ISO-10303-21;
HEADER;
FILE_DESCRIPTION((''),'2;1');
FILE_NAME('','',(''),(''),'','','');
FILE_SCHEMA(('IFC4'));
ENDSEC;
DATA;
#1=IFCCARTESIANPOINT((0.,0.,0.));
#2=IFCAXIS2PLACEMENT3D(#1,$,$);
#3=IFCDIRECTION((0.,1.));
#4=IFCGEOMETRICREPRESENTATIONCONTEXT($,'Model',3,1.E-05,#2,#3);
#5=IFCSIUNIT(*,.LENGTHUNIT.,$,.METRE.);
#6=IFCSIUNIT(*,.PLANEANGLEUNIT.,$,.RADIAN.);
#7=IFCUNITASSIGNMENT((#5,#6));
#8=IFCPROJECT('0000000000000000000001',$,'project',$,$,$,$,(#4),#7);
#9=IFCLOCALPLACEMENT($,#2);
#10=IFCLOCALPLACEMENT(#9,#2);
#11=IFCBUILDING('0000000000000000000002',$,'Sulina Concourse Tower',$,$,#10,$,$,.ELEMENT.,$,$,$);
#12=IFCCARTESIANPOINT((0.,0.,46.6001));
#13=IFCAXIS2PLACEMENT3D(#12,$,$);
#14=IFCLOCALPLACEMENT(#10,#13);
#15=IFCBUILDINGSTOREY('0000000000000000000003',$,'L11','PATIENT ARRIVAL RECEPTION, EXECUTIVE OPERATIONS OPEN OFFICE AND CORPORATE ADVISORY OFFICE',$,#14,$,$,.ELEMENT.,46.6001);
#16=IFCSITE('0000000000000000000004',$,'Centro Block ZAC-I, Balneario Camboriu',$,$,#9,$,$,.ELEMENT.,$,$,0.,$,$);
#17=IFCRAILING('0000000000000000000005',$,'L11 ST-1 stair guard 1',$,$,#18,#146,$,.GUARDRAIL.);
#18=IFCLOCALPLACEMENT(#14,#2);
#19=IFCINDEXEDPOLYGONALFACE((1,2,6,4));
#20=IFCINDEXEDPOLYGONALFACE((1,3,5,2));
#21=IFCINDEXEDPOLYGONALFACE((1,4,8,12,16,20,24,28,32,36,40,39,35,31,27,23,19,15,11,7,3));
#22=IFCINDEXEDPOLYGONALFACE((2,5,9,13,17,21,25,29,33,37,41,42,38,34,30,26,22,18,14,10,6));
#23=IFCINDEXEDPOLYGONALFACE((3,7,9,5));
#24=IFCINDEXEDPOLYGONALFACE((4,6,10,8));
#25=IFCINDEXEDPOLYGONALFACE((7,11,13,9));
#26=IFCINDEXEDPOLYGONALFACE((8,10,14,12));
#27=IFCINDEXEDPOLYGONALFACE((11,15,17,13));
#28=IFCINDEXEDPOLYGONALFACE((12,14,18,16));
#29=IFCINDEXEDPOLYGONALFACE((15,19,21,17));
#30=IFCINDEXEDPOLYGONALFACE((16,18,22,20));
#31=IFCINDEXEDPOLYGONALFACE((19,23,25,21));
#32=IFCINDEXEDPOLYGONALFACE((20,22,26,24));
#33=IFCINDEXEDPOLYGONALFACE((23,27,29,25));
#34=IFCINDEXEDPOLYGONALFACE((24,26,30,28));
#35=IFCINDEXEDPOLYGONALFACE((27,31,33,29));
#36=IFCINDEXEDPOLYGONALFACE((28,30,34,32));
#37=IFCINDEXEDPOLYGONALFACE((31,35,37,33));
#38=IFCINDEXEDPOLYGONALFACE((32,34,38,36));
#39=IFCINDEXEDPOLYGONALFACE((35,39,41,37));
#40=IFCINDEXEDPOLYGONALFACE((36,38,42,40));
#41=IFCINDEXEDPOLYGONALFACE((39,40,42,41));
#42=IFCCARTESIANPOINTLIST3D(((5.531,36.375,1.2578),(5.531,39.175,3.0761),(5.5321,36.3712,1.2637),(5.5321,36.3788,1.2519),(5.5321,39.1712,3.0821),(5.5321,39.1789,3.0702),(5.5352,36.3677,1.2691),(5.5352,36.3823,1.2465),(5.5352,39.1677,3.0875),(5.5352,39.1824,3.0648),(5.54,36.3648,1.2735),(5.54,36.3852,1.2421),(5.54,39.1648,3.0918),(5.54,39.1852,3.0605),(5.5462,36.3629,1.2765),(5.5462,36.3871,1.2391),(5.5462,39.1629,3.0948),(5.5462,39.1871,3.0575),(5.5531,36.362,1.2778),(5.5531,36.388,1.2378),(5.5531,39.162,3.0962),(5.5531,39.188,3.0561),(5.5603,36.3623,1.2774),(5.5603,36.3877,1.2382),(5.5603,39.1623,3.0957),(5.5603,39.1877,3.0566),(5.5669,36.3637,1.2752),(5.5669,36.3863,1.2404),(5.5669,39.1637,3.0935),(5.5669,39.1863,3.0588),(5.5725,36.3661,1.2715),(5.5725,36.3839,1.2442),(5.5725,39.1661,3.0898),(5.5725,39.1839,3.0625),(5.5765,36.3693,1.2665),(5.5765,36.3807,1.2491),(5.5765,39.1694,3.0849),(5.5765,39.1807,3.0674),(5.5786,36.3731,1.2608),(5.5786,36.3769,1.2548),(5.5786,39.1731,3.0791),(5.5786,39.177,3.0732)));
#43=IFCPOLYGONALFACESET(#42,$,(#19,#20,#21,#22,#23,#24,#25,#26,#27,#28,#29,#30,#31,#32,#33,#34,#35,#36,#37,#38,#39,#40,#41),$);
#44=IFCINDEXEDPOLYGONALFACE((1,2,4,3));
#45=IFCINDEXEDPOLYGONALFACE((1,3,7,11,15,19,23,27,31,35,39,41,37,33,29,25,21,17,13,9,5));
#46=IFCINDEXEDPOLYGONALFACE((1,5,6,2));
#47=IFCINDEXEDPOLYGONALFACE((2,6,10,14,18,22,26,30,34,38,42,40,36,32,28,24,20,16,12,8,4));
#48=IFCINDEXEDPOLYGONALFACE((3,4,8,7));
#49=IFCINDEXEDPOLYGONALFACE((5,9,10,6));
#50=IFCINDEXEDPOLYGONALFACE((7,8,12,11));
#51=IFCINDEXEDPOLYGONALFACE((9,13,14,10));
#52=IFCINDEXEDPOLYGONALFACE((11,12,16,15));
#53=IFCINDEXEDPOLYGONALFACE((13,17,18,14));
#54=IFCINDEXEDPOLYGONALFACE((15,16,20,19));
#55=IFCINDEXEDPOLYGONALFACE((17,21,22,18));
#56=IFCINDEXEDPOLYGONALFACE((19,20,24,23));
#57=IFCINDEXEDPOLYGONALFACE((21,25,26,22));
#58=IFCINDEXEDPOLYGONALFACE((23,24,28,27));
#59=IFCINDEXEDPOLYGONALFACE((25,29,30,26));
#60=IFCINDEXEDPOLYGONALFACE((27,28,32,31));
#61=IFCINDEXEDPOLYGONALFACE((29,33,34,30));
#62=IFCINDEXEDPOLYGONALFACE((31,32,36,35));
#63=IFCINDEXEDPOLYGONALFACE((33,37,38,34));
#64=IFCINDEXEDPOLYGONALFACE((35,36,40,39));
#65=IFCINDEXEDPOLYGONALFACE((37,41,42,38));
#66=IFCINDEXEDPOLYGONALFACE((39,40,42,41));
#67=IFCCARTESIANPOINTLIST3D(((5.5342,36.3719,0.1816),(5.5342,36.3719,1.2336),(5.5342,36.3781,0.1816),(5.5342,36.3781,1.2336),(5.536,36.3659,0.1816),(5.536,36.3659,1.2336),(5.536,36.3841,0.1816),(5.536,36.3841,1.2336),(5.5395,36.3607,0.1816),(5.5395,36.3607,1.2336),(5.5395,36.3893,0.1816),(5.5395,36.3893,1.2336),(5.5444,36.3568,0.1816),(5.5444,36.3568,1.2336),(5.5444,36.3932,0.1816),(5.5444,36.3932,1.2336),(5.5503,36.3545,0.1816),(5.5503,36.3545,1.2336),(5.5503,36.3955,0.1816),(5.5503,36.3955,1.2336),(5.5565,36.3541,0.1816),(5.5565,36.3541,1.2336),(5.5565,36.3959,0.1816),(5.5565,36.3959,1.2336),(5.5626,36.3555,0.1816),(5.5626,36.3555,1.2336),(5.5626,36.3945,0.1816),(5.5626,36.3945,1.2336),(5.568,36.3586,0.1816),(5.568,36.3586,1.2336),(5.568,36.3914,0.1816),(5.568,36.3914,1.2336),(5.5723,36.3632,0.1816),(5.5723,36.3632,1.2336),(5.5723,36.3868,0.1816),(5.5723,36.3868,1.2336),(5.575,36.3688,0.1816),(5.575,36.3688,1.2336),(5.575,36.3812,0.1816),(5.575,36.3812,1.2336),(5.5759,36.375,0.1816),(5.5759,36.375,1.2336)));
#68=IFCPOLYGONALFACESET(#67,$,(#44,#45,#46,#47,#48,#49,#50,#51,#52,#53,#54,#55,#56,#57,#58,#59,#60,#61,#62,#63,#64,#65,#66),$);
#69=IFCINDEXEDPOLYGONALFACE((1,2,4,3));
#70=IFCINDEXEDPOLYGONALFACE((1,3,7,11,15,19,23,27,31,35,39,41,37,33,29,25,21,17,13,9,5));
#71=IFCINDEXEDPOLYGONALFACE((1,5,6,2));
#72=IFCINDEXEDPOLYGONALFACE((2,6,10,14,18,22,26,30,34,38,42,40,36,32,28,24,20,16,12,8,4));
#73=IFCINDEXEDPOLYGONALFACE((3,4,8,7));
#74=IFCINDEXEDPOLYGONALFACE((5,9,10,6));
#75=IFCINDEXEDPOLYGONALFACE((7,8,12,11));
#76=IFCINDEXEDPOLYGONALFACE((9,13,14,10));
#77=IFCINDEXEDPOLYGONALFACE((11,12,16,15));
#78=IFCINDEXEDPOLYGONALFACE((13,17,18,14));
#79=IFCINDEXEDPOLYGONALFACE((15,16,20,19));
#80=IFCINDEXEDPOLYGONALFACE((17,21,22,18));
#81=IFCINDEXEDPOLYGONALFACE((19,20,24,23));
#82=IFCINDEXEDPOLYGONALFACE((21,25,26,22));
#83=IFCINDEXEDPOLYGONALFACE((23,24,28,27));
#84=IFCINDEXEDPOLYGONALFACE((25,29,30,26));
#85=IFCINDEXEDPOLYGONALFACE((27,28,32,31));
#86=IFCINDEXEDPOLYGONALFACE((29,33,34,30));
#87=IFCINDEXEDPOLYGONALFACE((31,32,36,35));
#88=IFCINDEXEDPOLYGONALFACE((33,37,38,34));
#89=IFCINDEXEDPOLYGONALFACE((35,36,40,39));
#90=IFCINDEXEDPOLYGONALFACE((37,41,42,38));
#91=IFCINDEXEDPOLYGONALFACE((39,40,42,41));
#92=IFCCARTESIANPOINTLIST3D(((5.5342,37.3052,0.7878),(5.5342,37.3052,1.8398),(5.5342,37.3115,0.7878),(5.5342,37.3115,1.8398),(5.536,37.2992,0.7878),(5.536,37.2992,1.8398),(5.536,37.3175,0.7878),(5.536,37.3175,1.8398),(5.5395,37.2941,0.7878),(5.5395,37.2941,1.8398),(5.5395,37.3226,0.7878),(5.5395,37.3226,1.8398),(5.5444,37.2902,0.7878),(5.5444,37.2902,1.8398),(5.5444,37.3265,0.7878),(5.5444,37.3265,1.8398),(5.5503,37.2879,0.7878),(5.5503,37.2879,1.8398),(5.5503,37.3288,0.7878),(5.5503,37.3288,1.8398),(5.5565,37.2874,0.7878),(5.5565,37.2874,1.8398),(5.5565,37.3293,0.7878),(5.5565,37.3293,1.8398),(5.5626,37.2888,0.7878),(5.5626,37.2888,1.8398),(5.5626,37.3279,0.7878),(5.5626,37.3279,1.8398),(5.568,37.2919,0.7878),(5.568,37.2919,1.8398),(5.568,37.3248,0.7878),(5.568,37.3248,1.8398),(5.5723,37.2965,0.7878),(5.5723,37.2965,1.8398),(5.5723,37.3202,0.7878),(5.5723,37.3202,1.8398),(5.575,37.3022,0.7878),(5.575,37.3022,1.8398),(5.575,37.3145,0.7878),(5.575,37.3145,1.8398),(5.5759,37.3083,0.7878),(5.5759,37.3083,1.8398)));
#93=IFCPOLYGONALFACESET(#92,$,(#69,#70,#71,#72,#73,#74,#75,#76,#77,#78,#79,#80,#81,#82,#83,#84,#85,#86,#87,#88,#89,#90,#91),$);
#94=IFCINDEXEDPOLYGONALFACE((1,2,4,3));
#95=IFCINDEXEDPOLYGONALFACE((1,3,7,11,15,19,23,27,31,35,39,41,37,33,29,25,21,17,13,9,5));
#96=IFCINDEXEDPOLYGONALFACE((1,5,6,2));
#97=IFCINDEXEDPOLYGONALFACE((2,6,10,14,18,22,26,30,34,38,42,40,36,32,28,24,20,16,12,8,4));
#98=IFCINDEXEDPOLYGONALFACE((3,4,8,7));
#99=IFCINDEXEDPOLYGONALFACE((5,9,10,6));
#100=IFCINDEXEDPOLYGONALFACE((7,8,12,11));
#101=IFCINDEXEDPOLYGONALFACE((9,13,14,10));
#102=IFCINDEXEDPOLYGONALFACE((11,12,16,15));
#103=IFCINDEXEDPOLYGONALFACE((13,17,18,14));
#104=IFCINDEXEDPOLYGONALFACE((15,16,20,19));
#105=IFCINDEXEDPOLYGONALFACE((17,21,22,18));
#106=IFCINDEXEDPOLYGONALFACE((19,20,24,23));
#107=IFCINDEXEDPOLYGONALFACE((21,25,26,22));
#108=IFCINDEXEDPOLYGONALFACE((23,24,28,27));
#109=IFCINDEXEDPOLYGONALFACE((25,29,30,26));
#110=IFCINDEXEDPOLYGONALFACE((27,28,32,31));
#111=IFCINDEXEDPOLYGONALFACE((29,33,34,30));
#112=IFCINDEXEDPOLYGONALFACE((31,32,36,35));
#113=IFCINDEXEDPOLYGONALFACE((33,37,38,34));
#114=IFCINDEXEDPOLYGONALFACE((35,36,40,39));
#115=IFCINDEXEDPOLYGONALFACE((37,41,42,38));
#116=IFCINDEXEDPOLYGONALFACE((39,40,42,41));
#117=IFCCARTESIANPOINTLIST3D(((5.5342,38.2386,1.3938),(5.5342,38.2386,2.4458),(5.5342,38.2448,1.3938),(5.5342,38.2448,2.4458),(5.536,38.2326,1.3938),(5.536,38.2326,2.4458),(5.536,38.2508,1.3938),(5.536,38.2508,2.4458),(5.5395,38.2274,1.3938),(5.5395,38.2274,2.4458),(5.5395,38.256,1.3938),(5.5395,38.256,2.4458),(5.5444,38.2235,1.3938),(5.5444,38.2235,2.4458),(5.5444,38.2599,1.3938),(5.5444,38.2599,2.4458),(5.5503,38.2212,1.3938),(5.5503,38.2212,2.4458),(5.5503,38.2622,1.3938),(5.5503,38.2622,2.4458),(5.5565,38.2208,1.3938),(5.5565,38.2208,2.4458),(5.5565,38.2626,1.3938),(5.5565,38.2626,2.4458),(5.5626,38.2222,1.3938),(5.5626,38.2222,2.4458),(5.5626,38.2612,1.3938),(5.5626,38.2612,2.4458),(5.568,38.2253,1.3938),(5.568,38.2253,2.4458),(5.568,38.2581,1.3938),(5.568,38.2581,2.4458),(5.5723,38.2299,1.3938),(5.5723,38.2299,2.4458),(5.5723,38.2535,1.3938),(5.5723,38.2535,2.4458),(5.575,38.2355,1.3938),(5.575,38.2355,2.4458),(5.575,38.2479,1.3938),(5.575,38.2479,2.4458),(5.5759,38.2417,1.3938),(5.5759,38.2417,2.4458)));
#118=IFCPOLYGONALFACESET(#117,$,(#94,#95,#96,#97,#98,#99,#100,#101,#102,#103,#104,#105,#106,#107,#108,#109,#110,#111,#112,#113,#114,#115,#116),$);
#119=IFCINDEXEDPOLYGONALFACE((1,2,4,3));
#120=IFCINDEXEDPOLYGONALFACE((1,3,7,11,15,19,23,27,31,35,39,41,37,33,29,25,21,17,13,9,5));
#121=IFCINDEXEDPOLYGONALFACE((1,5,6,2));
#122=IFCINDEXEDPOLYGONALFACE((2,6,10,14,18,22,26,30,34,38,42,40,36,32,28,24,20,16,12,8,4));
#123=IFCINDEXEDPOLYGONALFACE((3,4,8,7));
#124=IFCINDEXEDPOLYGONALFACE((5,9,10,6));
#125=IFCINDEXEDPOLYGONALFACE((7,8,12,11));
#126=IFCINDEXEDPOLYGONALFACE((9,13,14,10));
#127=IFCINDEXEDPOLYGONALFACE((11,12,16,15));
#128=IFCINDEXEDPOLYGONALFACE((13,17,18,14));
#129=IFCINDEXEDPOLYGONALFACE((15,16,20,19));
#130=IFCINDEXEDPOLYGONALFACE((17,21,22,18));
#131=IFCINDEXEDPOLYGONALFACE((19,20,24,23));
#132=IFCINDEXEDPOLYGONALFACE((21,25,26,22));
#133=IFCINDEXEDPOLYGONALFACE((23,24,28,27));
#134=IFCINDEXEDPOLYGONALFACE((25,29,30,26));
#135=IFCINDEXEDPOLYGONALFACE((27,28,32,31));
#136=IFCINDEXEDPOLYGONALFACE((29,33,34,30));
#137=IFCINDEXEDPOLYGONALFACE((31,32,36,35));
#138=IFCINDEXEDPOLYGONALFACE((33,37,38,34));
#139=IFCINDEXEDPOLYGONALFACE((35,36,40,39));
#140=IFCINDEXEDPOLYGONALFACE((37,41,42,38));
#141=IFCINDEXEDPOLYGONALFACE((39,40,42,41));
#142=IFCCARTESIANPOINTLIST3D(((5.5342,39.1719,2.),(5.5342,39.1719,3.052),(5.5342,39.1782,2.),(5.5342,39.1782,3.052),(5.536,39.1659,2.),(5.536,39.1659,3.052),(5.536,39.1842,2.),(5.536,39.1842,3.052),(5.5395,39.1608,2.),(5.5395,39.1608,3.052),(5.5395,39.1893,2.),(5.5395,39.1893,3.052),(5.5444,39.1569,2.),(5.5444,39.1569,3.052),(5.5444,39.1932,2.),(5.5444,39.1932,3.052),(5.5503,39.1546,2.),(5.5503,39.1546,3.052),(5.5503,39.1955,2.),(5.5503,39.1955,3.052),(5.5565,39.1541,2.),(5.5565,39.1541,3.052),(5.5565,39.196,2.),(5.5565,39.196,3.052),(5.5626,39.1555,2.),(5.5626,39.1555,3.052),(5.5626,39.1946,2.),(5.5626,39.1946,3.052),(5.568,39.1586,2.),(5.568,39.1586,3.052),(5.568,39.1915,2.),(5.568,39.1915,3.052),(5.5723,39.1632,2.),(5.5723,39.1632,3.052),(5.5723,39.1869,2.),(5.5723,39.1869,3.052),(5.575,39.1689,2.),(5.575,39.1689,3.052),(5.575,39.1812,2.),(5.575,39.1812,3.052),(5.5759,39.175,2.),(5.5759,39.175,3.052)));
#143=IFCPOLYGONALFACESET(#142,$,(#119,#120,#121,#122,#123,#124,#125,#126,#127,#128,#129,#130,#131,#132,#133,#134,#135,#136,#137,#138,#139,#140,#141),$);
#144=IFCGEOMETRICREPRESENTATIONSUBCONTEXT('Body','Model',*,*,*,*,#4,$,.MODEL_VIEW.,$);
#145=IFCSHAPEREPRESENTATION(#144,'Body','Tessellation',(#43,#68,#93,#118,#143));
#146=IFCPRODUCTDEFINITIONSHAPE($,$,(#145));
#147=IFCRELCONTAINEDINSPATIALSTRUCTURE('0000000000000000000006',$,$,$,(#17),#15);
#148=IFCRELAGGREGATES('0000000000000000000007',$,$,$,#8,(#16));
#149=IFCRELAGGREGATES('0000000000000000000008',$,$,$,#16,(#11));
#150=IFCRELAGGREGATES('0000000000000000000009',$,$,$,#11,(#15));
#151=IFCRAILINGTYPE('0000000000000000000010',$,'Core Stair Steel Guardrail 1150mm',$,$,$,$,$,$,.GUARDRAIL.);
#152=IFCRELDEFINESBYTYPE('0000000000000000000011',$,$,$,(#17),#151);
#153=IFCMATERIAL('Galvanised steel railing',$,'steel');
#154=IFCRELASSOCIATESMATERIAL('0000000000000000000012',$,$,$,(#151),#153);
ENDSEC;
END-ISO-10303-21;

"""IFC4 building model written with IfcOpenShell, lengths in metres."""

from ifc_helpers import new_model, si_unit, direction, frame, origin, origin_2d, place, context, subcontext, project, spatial, circle, extrude, material, type_object, element, save


model = new_model("IFC4")

# Units and contexts
model_context = context("Model", 3, precision=1e-05, world=origin(), true_north=direction((0.0, 1.0)))
body_context = subcontext(model_context, "Body", "Model", "MODEL_VIEW")
ifc_project = project(units=[si_unit("LENGTHUNIT", "METRE"), si_unit("PLANEANGLEUNIT", "RADIAN")], contexts=[model_context])

# Site, building, storey
site_placement = place(None, origin())
site = spatial("IfcSite", under=ifc_project, at=site_placement, Name="Centro Block ZAC-I, Balneario Camboriu", CompositionType="ELEMENT", RefElevation=0.0)
building_placement = place(site_placement, origin())
building = spatial("IfcBuilding", under=site, at=building_placement, Name="Sulina Concourse Tower", CompositionType="ELEMENT")
storey_placement = place(building_placement, frame((0.0, 0.0, 46.6001)))
storey = spatial("IfcBuildingStorey", under=building, at=storey_placement, Name="L11", Description="PATIENT ARRIVAL RECEPTION, EXECUTIVE OPERATIONS OPEN OFFICE AND CORPORATE ADVISORY OFFICE", CompositionType="ELEMENT", Elevation=46.6001)

# Railing
ifc_material_1 = material(Name="Galvanised steel railing", Category="steel")
railing_type_1 = type_object("IfcRailingType", Name="Core Stair Steel Guardrail 1150mm", PredefinedType="GUARDRAIL", material=ifc_material_1)
railing_1_placement = place(storey_placement, frame((5.5549, 36.375, 0.1816)))
element("IfcRailing", 1, at=railing_1_placement, inside=storey, type_object=railing_type_1, Name="L11 ST-1 stair guard 1", PredefinedType="GUARDRAIL", context=body_context, shape_type="SweptSolid", body=[
    extrude(circle(Radius=0.0239, at=origin_2d()), frame((0.0, 0.0, 1.0762), z_axis=(0.0, 0.838672, 0.544636), x_axis=(-1.0, 0.0, 0.0)), (0.0, 0.0, 1.0), 3.3386),
    extrude(circle(Radius=0.021, at=origin_2d()), origin(), (0.0, 0.0, 1.0), 1.052),
    extrude(circle(Radius=0.021, at=origin_2d()), frame((0.0, 0.9333, 0.6062)), (0.0, 0.0, 1.0), 1.052),
    extrude(circle(Radius=0.021, at=origin_2d()), frame((0.0, 1.8667, 1.2122)), (0.0, 0.0, 1.0), 1.052),
    extrude(circle(Radius=0.021, at=origin_2d()), frame((0.0, 2.8, 1.8184)), (0.0, 0.0, 1.0), 1.052),
])

save(model, "model.ifc")
